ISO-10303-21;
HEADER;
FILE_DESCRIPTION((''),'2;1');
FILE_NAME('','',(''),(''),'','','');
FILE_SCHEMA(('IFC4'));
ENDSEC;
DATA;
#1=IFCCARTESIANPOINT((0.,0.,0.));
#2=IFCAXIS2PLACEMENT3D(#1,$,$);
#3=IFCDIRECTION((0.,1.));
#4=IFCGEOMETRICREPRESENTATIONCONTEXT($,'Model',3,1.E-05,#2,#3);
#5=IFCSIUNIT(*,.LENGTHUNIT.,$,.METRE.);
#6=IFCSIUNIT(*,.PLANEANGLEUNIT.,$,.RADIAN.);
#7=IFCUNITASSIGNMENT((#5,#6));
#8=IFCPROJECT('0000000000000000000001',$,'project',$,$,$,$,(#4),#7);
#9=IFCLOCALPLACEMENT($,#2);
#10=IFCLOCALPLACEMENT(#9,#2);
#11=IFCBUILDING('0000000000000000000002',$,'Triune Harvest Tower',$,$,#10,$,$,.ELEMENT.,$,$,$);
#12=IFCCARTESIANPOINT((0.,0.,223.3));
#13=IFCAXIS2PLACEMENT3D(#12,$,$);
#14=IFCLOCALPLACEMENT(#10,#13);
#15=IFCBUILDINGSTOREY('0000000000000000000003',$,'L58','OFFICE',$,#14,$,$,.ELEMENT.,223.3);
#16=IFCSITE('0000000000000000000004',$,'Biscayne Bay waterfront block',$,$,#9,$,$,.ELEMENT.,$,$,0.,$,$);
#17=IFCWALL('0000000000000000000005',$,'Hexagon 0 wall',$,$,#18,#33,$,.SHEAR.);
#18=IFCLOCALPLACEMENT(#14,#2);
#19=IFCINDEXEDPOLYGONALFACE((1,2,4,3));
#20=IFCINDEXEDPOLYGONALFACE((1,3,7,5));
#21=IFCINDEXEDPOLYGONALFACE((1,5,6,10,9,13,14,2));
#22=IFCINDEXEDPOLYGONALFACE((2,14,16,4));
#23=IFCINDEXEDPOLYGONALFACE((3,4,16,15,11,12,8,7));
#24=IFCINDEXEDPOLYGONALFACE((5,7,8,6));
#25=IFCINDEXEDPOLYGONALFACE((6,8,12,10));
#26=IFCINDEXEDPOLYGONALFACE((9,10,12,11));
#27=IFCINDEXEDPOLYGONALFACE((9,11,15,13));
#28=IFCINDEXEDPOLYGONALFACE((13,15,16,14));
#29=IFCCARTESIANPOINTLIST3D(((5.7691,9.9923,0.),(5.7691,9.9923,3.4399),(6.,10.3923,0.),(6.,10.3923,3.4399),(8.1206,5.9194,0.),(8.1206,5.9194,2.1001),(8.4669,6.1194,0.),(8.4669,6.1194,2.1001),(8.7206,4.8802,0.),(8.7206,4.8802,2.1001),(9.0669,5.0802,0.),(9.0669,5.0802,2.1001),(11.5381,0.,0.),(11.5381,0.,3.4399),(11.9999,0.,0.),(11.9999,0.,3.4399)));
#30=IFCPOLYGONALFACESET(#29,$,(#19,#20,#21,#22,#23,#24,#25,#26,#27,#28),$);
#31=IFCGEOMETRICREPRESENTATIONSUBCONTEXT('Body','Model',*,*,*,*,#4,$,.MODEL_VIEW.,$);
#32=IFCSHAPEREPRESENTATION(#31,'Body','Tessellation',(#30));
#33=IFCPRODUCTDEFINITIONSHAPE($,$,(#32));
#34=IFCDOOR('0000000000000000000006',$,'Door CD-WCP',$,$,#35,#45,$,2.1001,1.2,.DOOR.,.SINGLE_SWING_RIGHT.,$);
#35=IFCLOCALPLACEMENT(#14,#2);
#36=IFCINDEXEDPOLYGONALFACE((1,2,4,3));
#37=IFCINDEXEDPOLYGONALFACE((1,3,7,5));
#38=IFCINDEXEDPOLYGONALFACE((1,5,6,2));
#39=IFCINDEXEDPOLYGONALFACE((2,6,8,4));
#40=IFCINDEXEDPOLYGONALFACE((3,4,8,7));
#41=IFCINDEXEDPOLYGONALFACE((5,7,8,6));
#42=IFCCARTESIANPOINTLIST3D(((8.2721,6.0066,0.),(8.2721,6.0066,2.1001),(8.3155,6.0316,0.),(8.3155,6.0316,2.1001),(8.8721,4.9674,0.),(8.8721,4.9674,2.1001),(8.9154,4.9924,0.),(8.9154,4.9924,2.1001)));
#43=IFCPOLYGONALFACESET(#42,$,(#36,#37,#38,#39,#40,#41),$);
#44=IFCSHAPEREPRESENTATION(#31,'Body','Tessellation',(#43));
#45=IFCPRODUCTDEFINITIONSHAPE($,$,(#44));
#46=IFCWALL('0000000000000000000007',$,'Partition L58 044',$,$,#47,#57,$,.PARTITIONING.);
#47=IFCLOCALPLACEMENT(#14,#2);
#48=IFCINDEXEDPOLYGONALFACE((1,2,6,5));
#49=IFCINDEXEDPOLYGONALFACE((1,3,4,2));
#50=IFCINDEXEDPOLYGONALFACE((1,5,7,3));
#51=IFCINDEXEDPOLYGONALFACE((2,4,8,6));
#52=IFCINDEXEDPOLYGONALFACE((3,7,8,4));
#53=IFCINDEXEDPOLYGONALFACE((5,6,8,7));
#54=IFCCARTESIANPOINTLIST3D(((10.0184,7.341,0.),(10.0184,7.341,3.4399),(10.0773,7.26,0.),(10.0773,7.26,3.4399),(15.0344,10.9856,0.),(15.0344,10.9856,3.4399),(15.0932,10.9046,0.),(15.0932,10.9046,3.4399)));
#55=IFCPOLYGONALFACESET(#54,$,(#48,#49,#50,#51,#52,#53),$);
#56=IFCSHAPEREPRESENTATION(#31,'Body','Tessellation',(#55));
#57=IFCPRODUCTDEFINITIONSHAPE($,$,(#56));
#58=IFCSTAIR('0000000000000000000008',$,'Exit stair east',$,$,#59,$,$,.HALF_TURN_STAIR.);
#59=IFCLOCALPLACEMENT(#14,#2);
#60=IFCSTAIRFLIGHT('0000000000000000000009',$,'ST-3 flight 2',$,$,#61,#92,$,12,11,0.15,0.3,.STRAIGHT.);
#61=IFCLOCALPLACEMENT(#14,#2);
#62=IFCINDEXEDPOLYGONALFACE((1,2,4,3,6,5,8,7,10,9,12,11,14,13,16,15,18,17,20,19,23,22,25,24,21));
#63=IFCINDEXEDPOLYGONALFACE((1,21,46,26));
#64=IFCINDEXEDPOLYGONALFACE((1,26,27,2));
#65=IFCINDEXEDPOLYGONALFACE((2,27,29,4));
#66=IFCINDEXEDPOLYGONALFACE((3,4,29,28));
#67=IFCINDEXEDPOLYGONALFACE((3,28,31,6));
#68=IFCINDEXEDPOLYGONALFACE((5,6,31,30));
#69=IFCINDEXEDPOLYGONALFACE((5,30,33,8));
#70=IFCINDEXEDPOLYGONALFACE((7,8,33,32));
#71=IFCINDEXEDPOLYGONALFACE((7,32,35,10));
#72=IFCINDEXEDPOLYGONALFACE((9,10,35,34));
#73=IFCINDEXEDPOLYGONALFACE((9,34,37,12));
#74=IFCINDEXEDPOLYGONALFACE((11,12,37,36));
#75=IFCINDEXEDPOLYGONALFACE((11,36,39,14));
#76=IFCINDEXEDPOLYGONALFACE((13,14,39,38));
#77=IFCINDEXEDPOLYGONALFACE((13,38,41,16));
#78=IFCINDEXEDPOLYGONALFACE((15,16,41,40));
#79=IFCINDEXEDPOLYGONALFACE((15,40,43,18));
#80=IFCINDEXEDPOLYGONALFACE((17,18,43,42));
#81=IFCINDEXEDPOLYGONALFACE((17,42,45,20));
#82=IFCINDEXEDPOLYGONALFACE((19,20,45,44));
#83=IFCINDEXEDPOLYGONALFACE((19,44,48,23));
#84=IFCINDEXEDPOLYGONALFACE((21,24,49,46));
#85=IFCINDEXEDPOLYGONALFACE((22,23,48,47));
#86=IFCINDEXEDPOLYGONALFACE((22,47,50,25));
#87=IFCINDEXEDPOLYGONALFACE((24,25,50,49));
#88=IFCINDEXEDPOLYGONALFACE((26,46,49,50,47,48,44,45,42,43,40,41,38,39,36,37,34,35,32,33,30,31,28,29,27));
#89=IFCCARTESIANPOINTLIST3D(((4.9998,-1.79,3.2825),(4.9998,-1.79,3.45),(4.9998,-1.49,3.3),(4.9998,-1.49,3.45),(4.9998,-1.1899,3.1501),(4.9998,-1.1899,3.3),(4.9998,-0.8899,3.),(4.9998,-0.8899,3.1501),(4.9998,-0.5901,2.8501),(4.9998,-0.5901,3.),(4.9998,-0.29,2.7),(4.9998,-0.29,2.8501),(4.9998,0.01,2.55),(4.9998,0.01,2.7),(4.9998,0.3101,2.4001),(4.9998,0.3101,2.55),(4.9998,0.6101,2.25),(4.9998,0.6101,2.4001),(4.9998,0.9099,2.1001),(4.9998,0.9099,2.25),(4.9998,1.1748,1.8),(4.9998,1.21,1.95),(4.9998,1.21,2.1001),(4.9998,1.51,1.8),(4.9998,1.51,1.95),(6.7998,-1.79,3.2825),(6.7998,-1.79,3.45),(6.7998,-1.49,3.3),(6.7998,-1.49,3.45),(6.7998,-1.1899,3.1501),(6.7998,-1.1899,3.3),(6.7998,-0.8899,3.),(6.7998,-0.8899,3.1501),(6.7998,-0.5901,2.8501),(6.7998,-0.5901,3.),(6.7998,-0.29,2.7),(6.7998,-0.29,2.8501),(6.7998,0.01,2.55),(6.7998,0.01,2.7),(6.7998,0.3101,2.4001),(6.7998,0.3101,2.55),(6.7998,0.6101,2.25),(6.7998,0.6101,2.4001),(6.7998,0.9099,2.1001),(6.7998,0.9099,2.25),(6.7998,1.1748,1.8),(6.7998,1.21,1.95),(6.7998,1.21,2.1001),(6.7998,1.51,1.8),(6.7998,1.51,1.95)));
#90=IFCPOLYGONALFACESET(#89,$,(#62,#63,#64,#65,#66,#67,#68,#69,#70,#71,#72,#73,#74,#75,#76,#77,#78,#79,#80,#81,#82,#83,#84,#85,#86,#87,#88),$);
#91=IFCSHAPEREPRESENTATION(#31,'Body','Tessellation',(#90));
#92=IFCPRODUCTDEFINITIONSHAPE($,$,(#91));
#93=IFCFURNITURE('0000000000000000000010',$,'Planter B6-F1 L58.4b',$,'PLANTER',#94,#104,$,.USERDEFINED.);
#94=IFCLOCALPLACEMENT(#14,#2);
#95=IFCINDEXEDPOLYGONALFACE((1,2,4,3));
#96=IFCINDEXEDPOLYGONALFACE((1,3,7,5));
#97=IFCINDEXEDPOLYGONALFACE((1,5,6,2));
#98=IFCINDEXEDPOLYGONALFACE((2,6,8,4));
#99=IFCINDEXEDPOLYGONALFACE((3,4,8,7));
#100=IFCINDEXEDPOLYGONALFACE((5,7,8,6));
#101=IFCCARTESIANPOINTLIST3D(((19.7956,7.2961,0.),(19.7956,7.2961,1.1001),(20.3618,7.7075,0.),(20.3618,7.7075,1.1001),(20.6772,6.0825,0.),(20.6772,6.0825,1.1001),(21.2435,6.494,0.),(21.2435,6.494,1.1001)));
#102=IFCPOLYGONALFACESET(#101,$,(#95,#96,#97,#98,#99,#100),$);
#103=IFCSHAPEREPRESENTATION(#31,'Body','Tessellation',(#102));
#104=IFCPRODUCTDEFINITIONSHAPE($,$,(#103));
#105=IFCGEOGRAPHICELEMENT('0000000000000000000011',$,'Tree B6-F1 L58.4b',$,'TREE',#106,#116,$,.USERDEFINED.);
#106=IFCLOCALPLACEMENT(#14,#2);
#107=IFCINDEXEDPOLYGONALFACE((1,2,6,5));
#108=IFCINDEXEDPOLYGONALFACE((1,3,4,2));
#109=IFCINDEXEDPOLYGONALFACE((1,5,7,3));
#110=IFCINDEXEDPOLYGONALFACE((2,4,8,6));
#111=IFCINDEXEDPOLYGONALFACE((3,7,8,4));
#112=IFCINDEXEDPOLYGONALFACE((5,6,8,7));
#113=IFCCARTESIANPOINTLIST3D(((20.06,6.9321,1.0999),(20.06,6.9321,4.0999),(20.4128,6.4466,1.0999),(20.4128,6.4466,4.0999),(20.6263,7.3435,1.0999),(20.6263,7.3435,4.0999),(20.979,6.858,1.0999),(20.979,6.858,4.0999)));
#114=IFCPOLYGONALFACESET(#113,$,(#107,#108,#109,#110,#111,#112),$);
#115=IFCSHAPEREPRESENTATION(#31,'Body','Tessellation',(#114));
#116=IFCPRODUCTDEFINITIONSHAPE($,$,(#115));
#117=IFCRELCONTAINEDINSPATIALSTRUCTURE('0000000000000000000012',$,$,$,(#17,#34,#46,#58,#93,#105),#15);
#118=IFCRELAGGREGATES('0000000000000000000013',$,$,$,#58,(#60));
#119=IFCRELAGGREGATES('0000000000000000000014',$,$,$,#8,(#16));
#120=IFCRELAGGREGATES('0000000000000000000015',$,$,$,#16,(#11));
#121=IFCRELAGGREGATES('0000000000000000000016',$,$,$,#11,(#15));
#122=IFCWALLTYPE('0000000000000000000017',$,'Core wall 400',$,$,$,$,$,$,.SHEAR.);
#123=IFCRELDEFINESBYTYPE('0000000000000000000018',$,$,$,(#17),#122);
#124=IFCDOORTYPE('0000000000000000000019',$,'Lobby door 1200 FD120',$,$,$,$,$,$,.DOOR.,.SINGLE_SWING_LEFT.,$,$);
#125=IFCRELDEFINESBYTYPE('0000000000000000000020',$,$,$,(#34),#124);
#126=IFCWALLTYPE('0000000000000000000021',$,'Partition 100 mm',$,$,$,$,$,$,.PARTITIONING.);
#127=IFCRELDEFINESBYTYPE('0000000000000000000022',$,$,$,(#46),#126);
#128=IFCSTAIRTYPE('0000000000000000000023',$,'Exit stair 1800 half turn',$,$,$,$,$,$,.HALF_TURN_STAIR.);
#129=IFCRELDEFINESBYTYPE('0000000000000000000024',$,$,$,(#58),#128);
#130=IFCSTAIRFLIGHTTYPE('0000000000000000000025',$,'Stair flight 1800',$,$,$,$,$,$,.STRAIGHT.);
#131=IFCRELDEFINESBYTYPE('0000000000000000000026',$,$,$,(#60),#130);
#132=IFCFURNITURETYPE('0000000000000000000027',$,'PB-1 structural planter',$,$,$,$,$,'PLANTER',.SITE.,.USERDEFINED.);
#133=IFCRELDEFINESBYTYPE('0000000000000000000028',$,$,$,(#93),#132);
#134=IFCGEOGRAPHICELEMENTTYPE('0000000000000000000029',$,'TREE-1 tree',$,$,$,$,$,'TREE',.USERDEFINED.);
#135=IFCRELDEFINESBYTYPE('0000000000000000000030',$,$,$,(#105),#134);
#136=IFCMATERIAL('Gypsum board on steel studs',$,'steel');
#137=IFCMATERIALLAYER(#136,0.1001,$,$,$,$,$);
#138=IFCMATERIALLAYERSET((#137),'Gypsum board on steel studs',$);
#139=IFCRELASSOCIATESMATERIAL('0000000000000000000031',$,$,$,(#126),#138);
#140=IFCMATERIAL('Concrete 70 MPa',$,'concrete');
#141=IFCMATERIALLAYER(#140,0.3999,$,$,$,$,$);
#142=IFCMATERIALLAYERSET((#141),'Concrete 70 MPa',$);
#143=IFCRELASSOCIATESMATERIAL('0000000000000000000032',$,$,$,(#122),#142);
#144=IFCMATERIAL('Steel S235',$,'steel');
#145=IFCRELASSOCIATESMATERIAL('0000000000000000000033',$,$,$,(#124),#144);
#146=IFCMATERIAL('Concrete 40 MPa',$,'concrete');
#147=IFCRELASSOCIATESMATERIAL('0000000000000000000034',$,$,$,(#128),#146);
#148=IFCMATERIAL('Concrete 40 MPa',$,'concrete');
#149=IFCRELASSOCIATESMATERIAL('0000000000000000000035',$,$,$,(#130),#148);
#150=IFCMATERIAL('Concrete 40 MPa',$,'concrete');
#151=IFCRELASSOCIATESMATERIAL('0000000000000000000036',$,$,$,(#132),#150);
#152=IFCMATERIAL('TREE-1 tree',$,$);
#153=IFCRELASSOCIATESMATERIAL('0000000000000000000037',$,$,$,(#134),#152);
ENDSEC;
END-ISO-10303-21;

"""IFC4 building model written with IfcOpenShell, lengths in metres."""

from ifc_helpers import new_model, si_unit, direction, frame, frame_2d, origin, origin_2d, place, context, subcontext, project, spatial, polyline, rectangle, outline, extrude, source, transform, mapped, material, layer, layer_set, type_object, element, fill, aggregate, save


model = new_model("IFC4")

# Units and contexts
model_context = context("Model", 3, precision=1e-05, world=origin(), true_north=direction((0.0, 1.0)))
body_context = subcontext(model_context, "Body", "Model", "MODEL_VIEW")
ifc_project = project(units=[si_unit("LENGTHUNIT", "METRE"), si_unit("PLANEANGLEUNIT", "RADIAN")], contexts=[model_context])

# Site, building, storey
site_placement = place(None, origin())
site = spatial("IfcSite", under=ifc_project, at=site_placement, Name="Biscayne Bay waterfront block", CompositionType="ELEMENT", RefElevation=0.0)
building_placement = place(site_placement, origin())
building = spatial("IfcBuilding", under=site, at=building_placement, Name="Triune Harvest Tower", CompositionType="ELEMENT")
storey_placement = place(building_placement, frame((0.0, 0.0, 223.3)))
storey = spatial("IfcBuildingStorey", under=building, at=storey_placement, Name="L58", Description="OFFICE", CompositionType="ELEMENT", Elevation=223.3)

# Shared definitions
ifc_material_1 = material(Name="Gypsum board on steel studs", Category="steel")
ifc_layer_1 = layer(ifc_material_1, 0.1001)
ifc_layer_set_1 = layer_set([ifc_layer_1], Name="Gypsum board on steel studs")
wall_type_1 = type_object("IfcWallType", Name="Partition 100 mm", PredefinedType="PARTITIONING", material=ifc_layer_set_1)

# Wall, opening, door
ifc_material_2 = material(Name="Concrete 70 MPa", Category="concrete")
ifc_layer_2 = layer(ifc_material_2, 0.3999)
ifc_layer_set_2 = layer_set([ifc_layer_2], Name="Concrete 70 MPa")
wall_type_2 = type_object("IfcWallType", Name="Core wall 400", PredefinedType="SHEAR", material=ifc_layer_set_2)
shared_shape_1 = source(origin(), body_context, "Body", "SweptSolid", [
    extrude(outline(polyline([(-0.1155, -0.2), (11.8845, -0.2), (11.6536, 0.2), (0.1155, 0.2), (-0.1155, -0.2)])), origin(), (0.0, 0.0, 1.0), 3.4399),
])
wall_1_placement = place(storey_placement, frame((11.769, 0.0, 0.0), z_axis=(0.0, 0.0, 1.0), x_axis=(-0.499997, 0.866027, 0.0)))
wall_1 = element("IfcWall", 1, at=wall_1_placement, inside=storey, type_object=wall_type_2, Name="Hexagon 0 wall", PredefinedType="SHEAR", context=body_context, shape_type="MappedRepresentation", body=[
    mapped(shared_shape_1, transform((0.0, 0.0, 0.0), scale=1.0)),
])
opening_1_placement = place(wall_1_placement, frame((5.7505, 0.0, 0.0)))
opening_1 = element("IfcOpeningElement", 2, at=opening_1_placement, cuts=wall_1, PredefinedType="OPENING", context=body_context, shape_type="SweptSolid", body=[
    extrude(rectangle(XDim=1.2, YDim=2.1001, at=frame_2d((0.6001, 1.05))), frame((0.0, 0.21, 0.0), z_axis=(0.0, -1.0, 0.0), x_axis=(1.0, 0.0, 0.0)), (0.0, 0.0, 1.0), 0.4199),
])
ifc_material_3 = material(Name="Steel S235", Category="steel")
door_type_1 = type_object("IfcDoorType", Name="Lobby door 1200 FD120", OperationType="SINGLE_SWING_LEFT", PredefinedType="DOOR", material=ifc_material_3)
door_1_placement = place(opening_1_placement, frame((1.2, 0.0, 0.0), z_axis=(0.0, 0.0, 1.0), x_axis=(-1.0, 0.0, 0.0)))
door_1 = element("IfcDoor", 3, at=door_1_placement, inside=storey, type_object=door_type_1, Name="Door CD-WCP", OperationType="SINGLE_SWING_RIGHT", OverallHeight=2.1001, OverallWidth=1.2, PredefinedType="DOOR", context=body_context, shape_type="SweptSolid", body=[
    extrude(rectangle(XDim=1.2, YDim=2.1001, at=frame_2d((0.6001, 1.05))), frame((0.0, 0.0249, 0.0), z_axis=(0.0, -1.0, 0.0), x_axis=(1.0, 0.0, 0.0)), (0.0, 0.0, 1.0), 0.05),
])
fill(opening_1, door_1)

# Wall
shared_shape_2 = source(origin(), body_context, "Body", "SweptSolid", [
    extrude(rectangle(XDim=6.2002, YDim=0.1001, at=frame_2d((3.1001, 0.0))), origin(), (0.0, 0.0, 1.0), 3.4399),
])
wall_2_placement = place(storey_placement, frame((10.0479, 7.3005, 0.0), z_axis=(0.0, 0.0, 1.0), x_axis=(0.808995, 0.587816, 0.0)))
element("IfcWall", 4, at=wall_2_placement, inside=storey, type_object=wall_type_1, Name="Partition L58 044", PredefinedType="PARTITIONING", context=body_context, shape_type="MappedRepresentation", body=[
    mapped(shared_shape_2, transform((0.0, 0.0, 0.0), scale=1.0)),
])

# Stair, stair flight
ifc_material_4 = material(Name="Concrete 40 MPa", Category="concrete")
stair_type = type_object("IfcStairType", Name="Exit stair 1800 half turn", PredefinedType="HALF_TURN_STAIR", material=ifc_material_4)
stair_placement = place(storey_placement, origin())
stair = element("IfcStair", 5, at=stair_placement, inside=storey, type_object=stair_type, Name="Exit stair east", PredefinedType="HALF_TURN_STAIR")
ifc_material_5 = material(Name="Concrete 40 MPa", Category="concrete")
stair_flight_type = type_object("IfcStairFlightType", Name="Stair flight 1800", PredefinedType="STRAIGHT", material=ifc_material_5)
shared_shape_3 = source(origin(), body_context, "Body", "SweptSolid", [
    extrude(outline(polyline([(0.0, 0.0), (0.0, 0.1499), (0.3, 0.1499), (0.3, 0.3), (0.6001, 0.3), (0.6001, 0.45), (0.8999, 0.45), (0.8999, 0.6001), (1.2, 0.6001), (1.2, 0.75), (1.5, 0.75), (1.5, 0.8999), (1.8, 0.8999), (1.8, 1.05), (2.1001, 1.05), (2.1001, 1.2), (2.3999, 1.2), (2.3999, 1.3501), (2.7, 1.3501), (2.7, 1.5), (3.0, 1.5), (3.0, 1.6499), (3.3, 1.6499), (3.3, 1.8), (3.3, 1.4824), (0.3352, 0.0), (0.0, 0.0)])), frame((0.0, 0.8999, 0.0), z_axis=(0.0, -1.0, 0.0), x_axis=(1.0, 0.0, 0.0)), (0.0, 0.0, 1.0), 1.8),
])
stair_flight_placement = place(storey_placement, frame((5.8999, 1.51, 1.8), z_axis=(0.0, 0.0, 1.0), x_axis=(0.0, -1.0, 0.0)))
stair_flight = element("IfcStairFlight", 6, at=stair_flight_placement, type_object=stair_flight_type, Name="ST-3 flight 2", NumberOfRisers=12, NumberOfTreads=11, PredefinedType="STRAIGHT", RiserHeight=0.15, TreadLength=0.3, context=body_context, shape_type="MappedRepresentation", body=[
    mapped(shared_shape_3, transform((0.0, 0.0, 0.0), scale=1.0)),
])
aggregate(stair, [stair_flight])

# Furniture
ifc_material_6 = material(Name="Concrete 40 MPa", Category="concrete")
furniture_type = type_object("IfcFurnitureType", Name="PB-1 structural planter", ElementType="PLANTER", AssemblyPlace="SITE", PredefinedType="USERDEFINED", material=ifc_material_6)
shared_shape_4 = source(origin(), body_context, "Body", "SweptSolid", [
    extrude(rectangle(XDim=1.5, YDim=0.7, at=origin_2d()), origin(), (0.0, 0.0, 1.0), 1.1001),
])
furniture_placement = place(storey_placement, frame((20.5195, 6.895, 0.0), z_axis=(0.0, 0.0, 1.0), x_axis=(-0.587786, 0.809017, 0.0)))
element("IfcFurniture", 7, at=furniture_placement, inside=storey, type_object=furniture_type, Name="Planter B6-F1 L58.4b", ObjectType="PLANTER", PredefinedType="USERDEFINED", context=body_context, shape_type="MappedRepresentation", body=[
    mapped(shared_shape_4, transform((0.0, 0.0, 0.0), scale=1.0)),
])

# Geographic element
ifc_material_7 = material(Name="TREE-1 tree")
geographic_element_type = type_object("IfcGeographicElementType", Name="TREE-1 tree", ElementType="TREE", PredefinedType="USERDEFINED", material=ifc_material_7)
shared_shape_5 = source(origin(), body_context, "Body", "SweptSolid", [
    extrude(rectangle(XDim=0.6001, YDim=0.7, at=origin_2d()), origin(), (0.0, 0.0, 1.0), 3.0),
])
geographic_element_placement = place(storey_placement, frame((20.5195, 6.895, 1.0999), z_axis=(0.0, 0.0, 1.0), x_axis=(-0.587786, 0.809017, 0.0)))
element("IfcGeographicElement", 8, at=geographic_element_placement, inside=storey, type_object=geographic_element_type, Name="Tree B6-F1 L58.4b", ObjectType="TREE", PredefinedType="USERDEFINED", context=body_context, shape_type="MappedRepresentation", body=[
    mapped(shared_shape_5, transform((0.0, 0.0, 0.0), scale=1.0)),
])

save(model, "model.ifc")
